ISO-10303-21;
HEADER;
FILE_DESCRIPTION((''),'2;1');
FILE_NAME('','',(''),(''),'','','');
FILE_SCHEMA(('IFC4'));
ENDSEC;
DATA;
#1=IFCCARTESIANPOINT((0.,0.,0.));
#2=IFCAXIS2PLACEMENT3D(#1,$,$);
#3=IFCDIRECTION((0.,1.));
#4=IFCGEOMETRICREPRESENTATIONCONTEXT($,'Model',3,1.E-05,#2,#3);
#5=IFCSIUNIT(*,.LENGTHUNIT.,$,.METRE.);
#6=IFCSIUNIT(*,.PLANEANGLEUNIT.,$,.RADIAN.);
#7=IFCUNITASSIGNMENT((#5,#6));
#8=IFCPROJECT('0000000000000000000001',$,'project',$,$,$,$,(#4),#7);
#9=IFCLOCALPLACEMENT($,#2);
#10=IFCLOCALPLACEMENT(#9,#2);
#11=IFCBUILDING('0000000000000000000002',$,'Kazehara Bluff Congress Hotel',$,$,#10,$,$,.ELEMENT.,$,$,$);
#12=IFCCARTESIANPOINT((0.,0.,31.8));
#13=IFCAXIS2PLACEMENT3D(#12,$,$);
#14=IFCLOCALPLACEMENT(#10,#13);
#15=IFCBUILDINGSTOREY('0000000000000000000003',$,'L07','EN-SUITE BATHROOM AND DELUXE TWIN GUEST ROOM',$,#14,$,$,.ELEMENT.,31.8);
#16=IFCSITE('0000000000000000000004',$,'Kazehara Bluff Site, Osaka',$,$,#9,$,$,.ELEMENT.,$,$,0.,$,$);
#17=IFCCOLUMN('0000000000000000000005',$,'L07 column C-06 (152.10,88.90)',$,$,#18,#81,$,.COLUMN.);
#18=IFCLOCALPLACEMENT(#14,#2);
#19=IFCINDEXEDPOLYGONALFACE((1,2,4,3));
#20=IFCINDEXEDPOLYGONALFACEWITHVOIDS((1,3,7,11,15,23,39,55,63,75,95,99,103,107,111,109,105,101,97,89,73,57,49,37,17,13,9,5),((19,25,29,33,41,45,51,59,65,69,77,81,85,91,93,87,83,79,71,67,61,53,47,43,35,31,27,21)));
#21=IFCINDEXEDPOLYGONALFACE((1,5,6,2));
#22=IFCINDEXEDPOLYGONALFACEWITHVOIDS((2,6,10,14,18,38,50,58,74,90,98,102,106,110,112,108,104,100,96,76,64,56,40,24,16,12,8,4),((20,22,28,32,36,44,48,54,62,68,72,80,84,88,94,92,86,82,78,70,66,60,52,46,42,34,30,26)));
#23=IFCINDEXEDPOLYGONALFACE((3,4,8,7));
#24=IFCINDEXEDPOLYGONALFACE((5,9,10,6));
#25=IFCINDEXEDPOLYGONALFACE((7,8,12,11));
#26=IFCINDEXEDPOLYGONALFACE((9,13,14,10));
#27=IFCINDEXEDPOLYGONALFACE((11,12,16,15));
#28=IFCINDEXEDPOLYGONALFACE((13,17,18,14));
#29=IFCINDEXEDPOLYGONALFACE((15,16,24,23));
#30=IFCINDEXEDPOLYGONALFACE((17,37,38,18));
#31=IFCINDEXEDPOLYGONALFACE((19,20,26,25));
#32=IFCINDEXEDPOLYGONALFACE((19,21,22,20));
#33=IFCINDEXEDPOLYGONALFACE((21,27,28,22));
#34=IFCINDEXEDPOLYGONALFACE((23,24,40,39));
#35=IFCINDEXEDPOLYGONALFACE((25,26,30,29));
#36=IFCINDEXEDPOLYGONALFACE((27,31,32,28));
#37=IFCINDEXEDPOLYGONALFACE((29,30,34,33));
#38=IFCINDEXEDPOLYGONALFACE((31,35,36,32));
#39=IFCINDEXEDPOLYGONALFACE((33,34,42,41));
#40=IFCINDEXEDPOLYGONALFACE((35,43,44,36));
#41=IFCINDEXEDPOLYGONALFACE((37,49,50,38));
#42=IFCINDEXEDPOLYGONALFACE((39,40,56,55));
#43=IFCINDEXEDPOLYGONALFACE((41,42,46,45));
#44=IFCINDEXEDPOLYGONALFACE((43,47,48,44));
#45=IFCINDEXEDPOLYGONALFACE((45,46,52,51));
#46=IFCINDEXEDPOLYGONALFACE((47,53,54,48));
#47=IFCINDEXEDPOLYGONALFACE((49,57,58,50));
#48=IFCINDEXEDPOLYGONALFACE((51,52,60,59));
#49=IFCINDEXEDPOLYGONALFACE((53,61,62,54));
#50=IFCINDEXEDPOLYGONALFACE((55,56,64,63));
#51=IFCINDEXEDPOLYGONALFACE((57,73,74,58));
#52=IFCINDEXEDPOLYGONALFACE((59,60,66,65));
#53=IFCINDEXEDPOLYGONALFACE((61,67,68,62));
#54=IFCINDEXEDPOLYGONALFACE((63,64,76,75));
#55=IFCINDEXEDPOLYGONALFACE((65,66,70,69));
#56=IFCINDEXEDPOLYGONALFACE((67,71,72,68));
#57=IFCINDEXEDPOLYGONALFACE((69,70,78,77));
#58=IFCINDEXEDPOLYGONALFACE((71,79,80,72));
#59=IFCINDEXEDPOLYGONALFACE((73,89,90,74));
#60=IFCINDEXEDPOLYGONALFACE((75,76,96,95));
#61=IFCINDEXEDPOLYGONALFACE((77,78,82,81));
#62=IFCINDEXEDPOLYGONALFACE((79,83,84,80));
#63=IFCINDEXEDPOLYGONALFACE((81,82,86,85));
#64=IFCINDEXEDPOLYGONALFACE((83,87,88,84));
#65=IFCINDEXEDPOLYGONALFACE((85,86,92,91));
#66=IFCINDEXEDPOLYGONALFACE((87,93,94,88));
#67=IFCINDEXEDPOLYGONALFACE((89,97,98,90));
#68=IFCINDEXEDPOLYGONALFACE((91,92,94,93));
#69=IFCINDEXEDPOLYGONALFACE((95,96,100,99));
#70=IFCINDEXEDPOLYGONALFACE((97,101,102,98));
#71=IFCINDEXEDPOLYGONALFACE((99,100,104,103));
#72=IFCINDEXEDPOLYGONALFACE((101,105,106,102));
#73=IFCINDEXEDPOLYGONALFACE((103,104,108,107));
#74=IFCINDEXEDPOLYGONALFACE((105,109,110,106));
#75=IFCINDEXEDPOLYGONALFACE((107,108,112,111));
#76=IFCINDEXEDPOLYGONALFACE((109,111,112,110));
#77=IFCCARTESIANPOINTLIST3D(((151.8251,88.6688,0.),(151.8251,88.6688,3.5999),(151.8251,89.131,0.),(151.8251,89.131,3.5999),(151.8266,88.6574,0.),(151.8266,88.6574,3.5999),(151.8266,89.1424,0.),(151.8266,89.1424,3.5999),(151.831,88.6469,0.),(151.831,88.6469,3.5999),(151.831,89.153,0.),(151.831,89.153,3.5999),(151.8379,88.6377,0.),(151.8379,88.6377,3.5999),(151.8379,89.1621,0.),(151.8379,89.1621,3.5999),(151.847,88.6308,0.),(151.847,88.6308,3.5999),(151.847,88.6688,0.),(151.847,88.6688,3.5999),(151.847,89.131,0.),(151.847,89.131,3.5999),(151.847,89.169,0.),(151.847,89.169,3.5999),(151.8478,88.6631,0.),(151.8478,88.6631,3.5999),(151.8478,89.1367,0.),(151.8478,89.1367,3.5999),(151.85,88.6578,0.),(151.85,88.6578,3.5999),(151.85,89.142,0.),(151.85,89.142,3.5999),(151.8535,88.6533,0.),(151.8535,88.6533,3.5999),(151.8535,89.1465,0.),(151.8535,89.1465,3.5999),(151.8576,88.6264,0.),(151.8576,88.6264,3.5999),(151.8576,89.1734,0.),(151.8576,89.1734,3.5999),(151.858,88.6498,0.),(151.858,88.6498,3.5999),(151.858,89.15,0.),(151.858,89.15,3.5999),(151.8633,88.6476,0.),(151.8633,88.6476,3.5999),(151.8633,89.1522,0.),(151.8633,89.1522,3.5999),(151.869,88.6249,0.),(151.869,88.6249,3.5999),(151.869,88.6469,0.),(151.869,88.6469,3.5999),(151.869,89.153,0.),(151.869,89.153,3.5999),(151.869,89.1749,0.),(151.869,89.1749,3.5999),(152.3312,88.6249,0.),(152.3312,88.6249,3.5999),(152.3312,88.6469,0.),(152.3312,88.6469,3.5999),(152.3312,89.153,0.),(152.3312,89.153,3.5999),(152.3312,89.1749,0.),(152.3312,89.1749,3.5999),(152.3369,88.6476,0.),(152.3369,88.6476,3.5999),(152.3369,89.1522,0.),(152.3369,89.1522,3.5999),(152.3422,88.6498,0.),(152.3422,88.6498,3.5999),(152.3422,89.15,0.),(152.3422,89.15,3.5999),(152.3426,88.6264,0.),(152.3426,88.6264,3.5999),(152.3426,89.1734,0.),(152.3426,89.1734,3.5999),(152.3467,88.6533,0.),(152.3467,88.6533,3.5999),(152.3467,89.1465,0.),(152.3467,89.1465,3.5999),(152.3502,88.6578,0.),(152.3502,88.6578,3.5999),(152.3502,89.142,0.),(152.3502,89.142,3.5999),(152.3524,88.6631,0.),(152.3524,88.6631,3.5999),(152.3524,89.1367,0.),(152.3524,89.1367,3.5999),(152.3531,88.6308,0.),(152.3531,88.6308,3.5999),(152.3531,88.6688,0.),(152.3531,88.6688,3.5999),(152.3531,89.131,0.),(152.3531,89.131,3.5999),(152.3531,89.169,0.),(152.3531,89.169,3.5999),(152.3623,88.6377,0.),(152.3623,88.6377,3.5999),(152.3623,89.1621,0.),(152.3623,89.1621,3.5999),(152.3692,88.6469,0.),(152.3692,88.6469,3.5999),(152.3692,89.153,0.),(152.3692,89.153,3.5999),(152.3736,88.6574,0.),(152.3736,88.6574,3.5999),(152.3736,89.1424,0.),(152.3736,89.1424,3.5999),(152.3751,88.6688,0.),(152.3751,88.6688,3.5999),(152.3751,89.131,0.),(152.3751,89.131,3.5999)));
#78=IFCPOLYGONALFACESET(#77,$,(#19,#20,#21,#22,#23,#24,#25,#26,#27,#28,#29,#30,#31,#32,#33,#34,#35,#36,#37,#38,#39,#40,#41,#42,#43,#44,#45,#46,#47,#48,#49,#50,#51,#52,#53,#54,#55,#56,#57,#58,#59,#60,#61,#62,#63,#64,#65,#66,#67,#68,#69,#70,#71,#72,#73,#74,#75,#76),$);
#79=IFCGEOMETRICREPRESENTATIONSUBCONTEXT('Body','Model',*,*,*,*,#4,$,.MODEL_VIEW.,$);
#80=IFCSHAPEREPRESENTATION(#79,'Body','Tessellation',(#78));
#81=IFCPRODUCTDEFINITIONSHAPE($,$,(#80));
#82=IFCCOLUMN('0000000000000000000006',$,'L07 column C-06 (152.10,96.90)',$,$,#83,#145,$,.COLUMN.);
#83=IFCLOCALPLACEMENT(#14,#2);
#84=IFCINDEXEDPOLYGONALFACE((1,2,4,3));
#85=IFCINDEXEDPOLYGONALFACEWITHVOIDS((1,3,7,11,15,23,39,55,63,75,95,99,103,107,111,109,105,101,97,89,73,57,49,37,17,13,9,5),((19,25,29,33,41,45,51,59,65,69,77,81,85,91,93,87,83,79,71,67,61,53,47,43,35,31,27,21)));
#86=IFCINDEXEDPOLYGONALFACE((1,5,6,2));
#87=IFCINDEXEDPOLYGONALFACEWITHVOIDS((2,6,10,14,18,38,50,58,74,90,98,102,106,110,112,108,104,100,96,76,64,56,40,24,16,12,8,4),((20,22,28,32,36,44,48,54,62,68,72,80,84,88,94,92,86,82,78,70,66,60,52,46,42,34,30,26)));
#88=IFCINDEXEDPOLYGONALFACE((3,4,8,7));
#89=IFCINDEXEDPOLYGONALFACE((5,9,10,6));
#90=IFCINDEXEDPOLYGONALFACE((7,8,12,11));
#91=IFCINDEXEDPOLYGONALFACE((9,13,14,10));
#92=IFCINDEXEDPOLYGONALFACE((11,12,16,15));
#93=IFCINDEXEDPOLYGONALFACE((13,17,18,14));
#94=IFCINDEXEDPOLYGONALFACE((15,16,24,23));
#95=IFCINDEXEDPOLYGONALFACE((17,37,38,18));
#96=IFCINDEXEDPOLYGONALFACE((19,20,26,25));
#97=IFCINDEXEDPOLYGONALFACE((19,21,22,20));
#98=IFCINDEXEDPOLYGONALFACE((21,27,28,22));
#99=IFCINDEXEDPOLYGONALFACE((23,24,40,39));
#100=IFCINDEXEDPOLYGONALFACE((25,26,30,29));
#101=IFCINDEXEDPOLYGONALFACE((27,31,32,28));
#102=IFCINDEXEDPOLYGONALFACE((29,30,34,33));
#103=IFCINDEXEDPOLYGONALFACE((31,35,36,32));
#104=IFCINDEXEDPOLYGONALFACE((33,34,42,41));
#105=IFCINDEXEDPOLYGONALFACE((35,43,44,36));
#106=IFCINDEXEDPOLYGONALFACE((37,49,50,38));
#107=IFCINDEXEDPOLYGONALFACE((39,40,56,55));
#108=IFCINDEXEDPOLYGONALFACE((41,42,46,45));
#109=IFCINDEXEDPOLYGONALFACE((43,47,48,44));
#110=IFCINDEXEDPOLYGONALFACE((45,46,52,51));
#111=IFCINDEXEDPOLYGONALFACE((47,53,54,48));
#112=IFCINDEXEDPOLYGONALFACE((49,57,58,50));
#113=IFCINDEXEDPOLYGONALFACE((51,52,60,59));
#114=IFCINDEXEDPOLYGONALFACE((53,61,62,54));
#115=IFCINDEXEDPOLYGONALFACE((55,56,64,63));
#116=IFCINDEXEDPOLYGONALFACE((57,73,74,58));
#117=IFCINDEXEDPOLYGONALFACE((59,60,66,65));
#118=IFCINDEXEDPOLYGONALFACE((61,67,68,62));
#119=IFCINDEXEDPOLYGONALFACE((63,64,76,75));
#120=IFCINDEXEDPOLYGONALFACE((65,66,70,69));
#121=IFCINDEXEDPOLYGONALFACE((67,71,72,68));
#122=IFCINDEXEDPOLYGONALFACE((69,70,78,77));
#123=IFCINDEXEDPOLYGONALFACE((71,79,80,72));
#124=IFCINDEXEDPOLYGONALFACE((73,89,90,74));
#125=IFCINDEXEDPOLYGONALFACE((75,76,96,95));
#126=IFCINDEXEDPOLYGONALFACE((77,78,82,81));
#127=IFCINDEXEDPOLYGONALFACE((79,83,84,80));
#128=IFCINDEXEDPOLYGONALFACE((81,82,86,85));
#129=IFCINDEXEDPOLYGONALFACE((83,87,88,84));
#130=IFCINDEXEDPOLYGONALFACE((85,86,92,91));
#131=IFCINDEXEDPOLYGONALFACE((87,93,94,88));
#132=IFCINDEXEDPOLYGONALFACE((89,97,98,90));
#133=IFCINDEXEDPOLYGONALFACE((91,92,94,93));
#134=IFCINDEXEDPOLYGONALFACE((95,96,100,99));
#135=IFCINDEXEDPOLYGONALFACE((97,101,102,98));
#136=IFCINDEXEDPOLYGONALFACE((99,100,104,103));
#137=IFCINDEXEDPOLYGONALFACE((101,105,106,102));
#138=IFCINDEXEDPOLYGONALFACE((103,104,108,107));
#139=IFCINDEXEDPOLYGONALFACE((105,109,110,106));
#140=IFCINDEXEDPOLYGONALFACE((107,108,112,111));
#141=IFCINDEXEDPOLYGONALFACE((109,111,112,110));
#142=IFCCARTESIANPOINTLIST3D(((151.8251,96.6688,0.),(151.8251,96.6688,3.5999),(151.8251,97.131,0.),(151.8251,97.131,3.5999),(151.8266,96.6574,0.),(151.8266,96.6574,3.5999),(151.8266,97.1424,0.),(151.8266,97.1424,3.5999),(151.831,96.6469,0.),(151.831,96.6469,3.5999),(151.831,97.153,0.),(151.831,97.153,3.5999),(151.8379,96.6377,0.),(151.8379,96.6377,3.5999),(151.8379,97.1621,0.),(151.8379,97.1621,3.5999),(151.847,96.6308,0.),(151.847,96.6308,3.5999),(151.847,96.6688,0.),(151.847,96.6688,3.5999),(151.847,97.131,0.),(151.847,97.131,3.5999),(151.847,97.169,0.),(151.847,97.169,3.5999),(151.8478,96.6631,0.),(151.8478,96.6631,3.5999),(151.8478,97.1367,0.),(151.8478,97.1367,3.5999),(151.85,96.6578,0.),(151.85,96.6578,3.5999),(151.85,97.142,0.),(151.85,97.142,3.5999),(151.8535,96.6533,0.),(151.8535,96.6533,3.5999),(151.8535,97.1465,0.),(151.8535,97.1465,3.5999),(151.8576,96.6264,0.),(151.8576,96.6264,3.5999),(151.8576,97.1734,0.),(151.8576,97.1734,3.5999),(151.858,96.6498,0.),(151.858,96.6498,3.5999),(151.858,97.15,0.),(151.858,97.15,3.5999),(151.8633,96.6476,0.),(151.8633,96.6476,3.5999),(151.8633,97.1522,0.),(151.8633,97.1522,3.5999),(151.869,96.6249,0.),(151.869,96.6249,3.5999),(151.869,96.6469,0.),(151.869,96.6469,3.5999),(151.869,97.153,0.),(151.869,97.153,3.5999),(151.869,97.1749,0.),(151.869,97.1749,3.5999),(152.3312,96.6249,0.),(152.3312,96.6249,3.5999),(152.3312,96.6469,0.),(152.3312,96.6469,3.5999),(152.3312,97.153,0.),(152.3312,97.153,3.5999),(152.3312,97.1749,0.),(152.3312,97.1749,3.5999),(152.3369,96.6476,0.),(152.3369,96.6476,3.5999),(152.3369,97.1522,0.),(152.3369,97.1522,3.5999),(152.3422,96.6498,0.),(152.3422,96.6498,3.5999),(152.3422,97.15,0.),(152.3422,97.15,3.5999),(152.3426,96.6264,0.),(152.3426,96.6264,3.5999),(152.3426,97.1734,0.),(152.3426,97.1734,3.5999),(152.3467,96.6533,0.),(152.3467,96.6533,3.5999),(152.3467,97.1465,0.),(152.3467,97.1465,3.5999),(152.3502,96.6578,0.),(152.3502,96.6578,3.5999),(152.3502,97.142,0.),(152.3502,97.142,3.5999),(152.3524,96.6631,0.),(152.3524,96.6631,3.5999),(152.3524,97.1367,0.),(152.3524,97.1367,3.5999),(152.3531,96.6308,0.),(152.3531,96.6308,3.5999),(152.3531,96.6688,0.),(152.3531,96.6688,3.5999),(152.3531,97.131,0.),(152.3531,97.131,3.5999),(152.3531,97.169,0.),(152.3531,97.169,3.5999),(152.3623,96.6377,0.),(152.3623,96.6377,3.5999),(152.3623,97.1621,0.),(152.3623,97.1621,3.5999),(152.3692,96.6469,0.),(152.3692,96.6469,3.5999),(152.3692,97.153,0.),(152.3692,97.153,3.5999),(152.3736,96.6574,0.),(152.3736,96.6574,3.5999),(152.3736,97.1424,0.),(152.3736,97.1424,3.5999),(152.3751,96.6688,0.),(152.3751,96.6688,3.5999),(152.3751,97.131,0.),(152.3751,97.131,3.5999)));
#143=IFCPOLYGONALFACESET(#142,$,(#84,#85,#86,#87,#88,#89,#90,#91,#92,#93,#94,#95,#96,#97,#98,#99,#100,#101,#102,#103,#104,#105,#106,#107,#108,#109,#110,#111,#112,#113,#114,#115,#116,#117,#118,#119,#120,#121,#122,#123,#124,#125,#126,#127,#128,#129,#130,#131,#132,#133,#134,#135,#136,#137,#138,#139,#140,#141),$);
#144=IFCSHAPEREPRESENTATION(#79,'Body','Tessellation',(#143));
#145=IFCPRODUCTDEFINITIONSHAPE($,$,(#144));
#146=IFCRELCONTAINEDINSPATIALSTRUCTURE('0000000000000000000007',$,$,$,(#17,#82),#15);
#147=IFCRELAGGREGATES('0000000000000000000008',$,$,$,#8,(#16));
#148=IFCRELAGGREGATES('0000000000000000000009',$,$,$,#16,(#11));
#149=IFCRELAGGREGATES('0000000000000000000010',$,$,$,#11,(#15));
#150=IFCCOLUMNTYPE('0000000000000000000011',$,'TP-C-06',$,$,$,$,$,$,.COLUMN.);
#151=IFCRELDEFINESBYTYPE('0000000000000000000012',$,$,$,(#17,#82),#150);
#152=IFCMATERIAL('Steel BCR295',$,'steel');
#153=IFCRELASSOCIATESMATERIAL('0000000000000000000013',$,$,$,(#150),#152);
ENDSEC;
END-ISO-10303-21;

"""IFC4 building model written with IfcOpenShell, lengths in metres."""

from ifc_helpers import new_model, si_unit, direction, frame, origin, origin_2d, place, context, subcontext, project, spatial, hollow_rectangle, extrude, material, material_profile, profile_set, type_object, element, save


model = new_model("IFC4")

# Units and contexts
model_context = context("Model", 3, precision=1e-05, world=origin(), true_north=direction((0.0, 1.0)))
body_context = subcontext(model_context, "Body", "Model", "MODEL_VIEW")
ifc_project = project(units=[si_unit("LENGTHUNIT", "METRE"), si_unit("PLANEANGLEUNIT", "RADIAN")], contexts=[model_context])

# Site, building, storey
site_placement = place(None, origin())
site = spatial("IfcSite", under=ifc_project, at=site_placement, Name="Kazehara Bluff Site, Osaka", CompositionType="ELEMENT", RefElevation=0.0)
building_placement = place(site_placement, origin())
building = spatial("IfcBuilding", under=site, at=building_placement, Name="Kazehara Bluff Congress Hotel", CompositionType="ELEMENT")
storey_placement = place(building_placement, frame((0.0, 0.0, 31.8)))
storey = spatial("IfcBuildingStorey", under=building, at=storey_placement, Name="L07", Description="EN-SUITE BATHROOM AND DELUXE TWIN GUEST ROOM", CompositionType="ELEMENT", Elevation=31.8)

# Columns
ifc_material_1 = material(Name="Steel BCR295", Category="steel")
ifc_material_profile_1 = material_profile(ifc_material_1, hollow_rectangle(XDim=0.55, YDim=0.55, WallThickness=0.022, InnerFilletRadius=0.022, OuterFilletRadius=0.0439, at=origin_2d()))
ifc_profile_set_1 = profile_set([ifc_material_profile_1], Name="Steel BCR295")
column_type = type_object("IfcColumnType", Name="TP-C-06", PredefinedType="COLUMN", material=ifc_profile_set_1)
for number, where, z_axis, x_axis, name in (
    (1, (152.1001, 88.8999, 0.0), (0.0, 0.0, 1.0), (1.0, 0.0, 0.0), "L07 column C-06 (152.10,88.90)"),
    (2, (152.1001, 96.8999, 0.0), (0.0, 0.0, 1.0), (1.0, 0.0, 0.0), "L07 column C-06 (152.10,96.90)"),
):
    element("IfcColumn", number, at=place(storey_placement, frame(where, z_axis=z_axis, x_axis=x_axis)), inside=storey, type_object=column_type, Name=name, PredefinedType="COLUMN", context=body_context, shape_type="SweptSolid", body=[
        extrude(hollow_rectangle(XDim=0.55, YDim=0.55, WallThickness=0.022, InnerFilletRadius=0.022, OuterFilletRadius=0.0439, at=origin_2d()), origin(), (0.0, 0.0, 1.0), 3.5999),
    ])

save(model, "model.ifc")
